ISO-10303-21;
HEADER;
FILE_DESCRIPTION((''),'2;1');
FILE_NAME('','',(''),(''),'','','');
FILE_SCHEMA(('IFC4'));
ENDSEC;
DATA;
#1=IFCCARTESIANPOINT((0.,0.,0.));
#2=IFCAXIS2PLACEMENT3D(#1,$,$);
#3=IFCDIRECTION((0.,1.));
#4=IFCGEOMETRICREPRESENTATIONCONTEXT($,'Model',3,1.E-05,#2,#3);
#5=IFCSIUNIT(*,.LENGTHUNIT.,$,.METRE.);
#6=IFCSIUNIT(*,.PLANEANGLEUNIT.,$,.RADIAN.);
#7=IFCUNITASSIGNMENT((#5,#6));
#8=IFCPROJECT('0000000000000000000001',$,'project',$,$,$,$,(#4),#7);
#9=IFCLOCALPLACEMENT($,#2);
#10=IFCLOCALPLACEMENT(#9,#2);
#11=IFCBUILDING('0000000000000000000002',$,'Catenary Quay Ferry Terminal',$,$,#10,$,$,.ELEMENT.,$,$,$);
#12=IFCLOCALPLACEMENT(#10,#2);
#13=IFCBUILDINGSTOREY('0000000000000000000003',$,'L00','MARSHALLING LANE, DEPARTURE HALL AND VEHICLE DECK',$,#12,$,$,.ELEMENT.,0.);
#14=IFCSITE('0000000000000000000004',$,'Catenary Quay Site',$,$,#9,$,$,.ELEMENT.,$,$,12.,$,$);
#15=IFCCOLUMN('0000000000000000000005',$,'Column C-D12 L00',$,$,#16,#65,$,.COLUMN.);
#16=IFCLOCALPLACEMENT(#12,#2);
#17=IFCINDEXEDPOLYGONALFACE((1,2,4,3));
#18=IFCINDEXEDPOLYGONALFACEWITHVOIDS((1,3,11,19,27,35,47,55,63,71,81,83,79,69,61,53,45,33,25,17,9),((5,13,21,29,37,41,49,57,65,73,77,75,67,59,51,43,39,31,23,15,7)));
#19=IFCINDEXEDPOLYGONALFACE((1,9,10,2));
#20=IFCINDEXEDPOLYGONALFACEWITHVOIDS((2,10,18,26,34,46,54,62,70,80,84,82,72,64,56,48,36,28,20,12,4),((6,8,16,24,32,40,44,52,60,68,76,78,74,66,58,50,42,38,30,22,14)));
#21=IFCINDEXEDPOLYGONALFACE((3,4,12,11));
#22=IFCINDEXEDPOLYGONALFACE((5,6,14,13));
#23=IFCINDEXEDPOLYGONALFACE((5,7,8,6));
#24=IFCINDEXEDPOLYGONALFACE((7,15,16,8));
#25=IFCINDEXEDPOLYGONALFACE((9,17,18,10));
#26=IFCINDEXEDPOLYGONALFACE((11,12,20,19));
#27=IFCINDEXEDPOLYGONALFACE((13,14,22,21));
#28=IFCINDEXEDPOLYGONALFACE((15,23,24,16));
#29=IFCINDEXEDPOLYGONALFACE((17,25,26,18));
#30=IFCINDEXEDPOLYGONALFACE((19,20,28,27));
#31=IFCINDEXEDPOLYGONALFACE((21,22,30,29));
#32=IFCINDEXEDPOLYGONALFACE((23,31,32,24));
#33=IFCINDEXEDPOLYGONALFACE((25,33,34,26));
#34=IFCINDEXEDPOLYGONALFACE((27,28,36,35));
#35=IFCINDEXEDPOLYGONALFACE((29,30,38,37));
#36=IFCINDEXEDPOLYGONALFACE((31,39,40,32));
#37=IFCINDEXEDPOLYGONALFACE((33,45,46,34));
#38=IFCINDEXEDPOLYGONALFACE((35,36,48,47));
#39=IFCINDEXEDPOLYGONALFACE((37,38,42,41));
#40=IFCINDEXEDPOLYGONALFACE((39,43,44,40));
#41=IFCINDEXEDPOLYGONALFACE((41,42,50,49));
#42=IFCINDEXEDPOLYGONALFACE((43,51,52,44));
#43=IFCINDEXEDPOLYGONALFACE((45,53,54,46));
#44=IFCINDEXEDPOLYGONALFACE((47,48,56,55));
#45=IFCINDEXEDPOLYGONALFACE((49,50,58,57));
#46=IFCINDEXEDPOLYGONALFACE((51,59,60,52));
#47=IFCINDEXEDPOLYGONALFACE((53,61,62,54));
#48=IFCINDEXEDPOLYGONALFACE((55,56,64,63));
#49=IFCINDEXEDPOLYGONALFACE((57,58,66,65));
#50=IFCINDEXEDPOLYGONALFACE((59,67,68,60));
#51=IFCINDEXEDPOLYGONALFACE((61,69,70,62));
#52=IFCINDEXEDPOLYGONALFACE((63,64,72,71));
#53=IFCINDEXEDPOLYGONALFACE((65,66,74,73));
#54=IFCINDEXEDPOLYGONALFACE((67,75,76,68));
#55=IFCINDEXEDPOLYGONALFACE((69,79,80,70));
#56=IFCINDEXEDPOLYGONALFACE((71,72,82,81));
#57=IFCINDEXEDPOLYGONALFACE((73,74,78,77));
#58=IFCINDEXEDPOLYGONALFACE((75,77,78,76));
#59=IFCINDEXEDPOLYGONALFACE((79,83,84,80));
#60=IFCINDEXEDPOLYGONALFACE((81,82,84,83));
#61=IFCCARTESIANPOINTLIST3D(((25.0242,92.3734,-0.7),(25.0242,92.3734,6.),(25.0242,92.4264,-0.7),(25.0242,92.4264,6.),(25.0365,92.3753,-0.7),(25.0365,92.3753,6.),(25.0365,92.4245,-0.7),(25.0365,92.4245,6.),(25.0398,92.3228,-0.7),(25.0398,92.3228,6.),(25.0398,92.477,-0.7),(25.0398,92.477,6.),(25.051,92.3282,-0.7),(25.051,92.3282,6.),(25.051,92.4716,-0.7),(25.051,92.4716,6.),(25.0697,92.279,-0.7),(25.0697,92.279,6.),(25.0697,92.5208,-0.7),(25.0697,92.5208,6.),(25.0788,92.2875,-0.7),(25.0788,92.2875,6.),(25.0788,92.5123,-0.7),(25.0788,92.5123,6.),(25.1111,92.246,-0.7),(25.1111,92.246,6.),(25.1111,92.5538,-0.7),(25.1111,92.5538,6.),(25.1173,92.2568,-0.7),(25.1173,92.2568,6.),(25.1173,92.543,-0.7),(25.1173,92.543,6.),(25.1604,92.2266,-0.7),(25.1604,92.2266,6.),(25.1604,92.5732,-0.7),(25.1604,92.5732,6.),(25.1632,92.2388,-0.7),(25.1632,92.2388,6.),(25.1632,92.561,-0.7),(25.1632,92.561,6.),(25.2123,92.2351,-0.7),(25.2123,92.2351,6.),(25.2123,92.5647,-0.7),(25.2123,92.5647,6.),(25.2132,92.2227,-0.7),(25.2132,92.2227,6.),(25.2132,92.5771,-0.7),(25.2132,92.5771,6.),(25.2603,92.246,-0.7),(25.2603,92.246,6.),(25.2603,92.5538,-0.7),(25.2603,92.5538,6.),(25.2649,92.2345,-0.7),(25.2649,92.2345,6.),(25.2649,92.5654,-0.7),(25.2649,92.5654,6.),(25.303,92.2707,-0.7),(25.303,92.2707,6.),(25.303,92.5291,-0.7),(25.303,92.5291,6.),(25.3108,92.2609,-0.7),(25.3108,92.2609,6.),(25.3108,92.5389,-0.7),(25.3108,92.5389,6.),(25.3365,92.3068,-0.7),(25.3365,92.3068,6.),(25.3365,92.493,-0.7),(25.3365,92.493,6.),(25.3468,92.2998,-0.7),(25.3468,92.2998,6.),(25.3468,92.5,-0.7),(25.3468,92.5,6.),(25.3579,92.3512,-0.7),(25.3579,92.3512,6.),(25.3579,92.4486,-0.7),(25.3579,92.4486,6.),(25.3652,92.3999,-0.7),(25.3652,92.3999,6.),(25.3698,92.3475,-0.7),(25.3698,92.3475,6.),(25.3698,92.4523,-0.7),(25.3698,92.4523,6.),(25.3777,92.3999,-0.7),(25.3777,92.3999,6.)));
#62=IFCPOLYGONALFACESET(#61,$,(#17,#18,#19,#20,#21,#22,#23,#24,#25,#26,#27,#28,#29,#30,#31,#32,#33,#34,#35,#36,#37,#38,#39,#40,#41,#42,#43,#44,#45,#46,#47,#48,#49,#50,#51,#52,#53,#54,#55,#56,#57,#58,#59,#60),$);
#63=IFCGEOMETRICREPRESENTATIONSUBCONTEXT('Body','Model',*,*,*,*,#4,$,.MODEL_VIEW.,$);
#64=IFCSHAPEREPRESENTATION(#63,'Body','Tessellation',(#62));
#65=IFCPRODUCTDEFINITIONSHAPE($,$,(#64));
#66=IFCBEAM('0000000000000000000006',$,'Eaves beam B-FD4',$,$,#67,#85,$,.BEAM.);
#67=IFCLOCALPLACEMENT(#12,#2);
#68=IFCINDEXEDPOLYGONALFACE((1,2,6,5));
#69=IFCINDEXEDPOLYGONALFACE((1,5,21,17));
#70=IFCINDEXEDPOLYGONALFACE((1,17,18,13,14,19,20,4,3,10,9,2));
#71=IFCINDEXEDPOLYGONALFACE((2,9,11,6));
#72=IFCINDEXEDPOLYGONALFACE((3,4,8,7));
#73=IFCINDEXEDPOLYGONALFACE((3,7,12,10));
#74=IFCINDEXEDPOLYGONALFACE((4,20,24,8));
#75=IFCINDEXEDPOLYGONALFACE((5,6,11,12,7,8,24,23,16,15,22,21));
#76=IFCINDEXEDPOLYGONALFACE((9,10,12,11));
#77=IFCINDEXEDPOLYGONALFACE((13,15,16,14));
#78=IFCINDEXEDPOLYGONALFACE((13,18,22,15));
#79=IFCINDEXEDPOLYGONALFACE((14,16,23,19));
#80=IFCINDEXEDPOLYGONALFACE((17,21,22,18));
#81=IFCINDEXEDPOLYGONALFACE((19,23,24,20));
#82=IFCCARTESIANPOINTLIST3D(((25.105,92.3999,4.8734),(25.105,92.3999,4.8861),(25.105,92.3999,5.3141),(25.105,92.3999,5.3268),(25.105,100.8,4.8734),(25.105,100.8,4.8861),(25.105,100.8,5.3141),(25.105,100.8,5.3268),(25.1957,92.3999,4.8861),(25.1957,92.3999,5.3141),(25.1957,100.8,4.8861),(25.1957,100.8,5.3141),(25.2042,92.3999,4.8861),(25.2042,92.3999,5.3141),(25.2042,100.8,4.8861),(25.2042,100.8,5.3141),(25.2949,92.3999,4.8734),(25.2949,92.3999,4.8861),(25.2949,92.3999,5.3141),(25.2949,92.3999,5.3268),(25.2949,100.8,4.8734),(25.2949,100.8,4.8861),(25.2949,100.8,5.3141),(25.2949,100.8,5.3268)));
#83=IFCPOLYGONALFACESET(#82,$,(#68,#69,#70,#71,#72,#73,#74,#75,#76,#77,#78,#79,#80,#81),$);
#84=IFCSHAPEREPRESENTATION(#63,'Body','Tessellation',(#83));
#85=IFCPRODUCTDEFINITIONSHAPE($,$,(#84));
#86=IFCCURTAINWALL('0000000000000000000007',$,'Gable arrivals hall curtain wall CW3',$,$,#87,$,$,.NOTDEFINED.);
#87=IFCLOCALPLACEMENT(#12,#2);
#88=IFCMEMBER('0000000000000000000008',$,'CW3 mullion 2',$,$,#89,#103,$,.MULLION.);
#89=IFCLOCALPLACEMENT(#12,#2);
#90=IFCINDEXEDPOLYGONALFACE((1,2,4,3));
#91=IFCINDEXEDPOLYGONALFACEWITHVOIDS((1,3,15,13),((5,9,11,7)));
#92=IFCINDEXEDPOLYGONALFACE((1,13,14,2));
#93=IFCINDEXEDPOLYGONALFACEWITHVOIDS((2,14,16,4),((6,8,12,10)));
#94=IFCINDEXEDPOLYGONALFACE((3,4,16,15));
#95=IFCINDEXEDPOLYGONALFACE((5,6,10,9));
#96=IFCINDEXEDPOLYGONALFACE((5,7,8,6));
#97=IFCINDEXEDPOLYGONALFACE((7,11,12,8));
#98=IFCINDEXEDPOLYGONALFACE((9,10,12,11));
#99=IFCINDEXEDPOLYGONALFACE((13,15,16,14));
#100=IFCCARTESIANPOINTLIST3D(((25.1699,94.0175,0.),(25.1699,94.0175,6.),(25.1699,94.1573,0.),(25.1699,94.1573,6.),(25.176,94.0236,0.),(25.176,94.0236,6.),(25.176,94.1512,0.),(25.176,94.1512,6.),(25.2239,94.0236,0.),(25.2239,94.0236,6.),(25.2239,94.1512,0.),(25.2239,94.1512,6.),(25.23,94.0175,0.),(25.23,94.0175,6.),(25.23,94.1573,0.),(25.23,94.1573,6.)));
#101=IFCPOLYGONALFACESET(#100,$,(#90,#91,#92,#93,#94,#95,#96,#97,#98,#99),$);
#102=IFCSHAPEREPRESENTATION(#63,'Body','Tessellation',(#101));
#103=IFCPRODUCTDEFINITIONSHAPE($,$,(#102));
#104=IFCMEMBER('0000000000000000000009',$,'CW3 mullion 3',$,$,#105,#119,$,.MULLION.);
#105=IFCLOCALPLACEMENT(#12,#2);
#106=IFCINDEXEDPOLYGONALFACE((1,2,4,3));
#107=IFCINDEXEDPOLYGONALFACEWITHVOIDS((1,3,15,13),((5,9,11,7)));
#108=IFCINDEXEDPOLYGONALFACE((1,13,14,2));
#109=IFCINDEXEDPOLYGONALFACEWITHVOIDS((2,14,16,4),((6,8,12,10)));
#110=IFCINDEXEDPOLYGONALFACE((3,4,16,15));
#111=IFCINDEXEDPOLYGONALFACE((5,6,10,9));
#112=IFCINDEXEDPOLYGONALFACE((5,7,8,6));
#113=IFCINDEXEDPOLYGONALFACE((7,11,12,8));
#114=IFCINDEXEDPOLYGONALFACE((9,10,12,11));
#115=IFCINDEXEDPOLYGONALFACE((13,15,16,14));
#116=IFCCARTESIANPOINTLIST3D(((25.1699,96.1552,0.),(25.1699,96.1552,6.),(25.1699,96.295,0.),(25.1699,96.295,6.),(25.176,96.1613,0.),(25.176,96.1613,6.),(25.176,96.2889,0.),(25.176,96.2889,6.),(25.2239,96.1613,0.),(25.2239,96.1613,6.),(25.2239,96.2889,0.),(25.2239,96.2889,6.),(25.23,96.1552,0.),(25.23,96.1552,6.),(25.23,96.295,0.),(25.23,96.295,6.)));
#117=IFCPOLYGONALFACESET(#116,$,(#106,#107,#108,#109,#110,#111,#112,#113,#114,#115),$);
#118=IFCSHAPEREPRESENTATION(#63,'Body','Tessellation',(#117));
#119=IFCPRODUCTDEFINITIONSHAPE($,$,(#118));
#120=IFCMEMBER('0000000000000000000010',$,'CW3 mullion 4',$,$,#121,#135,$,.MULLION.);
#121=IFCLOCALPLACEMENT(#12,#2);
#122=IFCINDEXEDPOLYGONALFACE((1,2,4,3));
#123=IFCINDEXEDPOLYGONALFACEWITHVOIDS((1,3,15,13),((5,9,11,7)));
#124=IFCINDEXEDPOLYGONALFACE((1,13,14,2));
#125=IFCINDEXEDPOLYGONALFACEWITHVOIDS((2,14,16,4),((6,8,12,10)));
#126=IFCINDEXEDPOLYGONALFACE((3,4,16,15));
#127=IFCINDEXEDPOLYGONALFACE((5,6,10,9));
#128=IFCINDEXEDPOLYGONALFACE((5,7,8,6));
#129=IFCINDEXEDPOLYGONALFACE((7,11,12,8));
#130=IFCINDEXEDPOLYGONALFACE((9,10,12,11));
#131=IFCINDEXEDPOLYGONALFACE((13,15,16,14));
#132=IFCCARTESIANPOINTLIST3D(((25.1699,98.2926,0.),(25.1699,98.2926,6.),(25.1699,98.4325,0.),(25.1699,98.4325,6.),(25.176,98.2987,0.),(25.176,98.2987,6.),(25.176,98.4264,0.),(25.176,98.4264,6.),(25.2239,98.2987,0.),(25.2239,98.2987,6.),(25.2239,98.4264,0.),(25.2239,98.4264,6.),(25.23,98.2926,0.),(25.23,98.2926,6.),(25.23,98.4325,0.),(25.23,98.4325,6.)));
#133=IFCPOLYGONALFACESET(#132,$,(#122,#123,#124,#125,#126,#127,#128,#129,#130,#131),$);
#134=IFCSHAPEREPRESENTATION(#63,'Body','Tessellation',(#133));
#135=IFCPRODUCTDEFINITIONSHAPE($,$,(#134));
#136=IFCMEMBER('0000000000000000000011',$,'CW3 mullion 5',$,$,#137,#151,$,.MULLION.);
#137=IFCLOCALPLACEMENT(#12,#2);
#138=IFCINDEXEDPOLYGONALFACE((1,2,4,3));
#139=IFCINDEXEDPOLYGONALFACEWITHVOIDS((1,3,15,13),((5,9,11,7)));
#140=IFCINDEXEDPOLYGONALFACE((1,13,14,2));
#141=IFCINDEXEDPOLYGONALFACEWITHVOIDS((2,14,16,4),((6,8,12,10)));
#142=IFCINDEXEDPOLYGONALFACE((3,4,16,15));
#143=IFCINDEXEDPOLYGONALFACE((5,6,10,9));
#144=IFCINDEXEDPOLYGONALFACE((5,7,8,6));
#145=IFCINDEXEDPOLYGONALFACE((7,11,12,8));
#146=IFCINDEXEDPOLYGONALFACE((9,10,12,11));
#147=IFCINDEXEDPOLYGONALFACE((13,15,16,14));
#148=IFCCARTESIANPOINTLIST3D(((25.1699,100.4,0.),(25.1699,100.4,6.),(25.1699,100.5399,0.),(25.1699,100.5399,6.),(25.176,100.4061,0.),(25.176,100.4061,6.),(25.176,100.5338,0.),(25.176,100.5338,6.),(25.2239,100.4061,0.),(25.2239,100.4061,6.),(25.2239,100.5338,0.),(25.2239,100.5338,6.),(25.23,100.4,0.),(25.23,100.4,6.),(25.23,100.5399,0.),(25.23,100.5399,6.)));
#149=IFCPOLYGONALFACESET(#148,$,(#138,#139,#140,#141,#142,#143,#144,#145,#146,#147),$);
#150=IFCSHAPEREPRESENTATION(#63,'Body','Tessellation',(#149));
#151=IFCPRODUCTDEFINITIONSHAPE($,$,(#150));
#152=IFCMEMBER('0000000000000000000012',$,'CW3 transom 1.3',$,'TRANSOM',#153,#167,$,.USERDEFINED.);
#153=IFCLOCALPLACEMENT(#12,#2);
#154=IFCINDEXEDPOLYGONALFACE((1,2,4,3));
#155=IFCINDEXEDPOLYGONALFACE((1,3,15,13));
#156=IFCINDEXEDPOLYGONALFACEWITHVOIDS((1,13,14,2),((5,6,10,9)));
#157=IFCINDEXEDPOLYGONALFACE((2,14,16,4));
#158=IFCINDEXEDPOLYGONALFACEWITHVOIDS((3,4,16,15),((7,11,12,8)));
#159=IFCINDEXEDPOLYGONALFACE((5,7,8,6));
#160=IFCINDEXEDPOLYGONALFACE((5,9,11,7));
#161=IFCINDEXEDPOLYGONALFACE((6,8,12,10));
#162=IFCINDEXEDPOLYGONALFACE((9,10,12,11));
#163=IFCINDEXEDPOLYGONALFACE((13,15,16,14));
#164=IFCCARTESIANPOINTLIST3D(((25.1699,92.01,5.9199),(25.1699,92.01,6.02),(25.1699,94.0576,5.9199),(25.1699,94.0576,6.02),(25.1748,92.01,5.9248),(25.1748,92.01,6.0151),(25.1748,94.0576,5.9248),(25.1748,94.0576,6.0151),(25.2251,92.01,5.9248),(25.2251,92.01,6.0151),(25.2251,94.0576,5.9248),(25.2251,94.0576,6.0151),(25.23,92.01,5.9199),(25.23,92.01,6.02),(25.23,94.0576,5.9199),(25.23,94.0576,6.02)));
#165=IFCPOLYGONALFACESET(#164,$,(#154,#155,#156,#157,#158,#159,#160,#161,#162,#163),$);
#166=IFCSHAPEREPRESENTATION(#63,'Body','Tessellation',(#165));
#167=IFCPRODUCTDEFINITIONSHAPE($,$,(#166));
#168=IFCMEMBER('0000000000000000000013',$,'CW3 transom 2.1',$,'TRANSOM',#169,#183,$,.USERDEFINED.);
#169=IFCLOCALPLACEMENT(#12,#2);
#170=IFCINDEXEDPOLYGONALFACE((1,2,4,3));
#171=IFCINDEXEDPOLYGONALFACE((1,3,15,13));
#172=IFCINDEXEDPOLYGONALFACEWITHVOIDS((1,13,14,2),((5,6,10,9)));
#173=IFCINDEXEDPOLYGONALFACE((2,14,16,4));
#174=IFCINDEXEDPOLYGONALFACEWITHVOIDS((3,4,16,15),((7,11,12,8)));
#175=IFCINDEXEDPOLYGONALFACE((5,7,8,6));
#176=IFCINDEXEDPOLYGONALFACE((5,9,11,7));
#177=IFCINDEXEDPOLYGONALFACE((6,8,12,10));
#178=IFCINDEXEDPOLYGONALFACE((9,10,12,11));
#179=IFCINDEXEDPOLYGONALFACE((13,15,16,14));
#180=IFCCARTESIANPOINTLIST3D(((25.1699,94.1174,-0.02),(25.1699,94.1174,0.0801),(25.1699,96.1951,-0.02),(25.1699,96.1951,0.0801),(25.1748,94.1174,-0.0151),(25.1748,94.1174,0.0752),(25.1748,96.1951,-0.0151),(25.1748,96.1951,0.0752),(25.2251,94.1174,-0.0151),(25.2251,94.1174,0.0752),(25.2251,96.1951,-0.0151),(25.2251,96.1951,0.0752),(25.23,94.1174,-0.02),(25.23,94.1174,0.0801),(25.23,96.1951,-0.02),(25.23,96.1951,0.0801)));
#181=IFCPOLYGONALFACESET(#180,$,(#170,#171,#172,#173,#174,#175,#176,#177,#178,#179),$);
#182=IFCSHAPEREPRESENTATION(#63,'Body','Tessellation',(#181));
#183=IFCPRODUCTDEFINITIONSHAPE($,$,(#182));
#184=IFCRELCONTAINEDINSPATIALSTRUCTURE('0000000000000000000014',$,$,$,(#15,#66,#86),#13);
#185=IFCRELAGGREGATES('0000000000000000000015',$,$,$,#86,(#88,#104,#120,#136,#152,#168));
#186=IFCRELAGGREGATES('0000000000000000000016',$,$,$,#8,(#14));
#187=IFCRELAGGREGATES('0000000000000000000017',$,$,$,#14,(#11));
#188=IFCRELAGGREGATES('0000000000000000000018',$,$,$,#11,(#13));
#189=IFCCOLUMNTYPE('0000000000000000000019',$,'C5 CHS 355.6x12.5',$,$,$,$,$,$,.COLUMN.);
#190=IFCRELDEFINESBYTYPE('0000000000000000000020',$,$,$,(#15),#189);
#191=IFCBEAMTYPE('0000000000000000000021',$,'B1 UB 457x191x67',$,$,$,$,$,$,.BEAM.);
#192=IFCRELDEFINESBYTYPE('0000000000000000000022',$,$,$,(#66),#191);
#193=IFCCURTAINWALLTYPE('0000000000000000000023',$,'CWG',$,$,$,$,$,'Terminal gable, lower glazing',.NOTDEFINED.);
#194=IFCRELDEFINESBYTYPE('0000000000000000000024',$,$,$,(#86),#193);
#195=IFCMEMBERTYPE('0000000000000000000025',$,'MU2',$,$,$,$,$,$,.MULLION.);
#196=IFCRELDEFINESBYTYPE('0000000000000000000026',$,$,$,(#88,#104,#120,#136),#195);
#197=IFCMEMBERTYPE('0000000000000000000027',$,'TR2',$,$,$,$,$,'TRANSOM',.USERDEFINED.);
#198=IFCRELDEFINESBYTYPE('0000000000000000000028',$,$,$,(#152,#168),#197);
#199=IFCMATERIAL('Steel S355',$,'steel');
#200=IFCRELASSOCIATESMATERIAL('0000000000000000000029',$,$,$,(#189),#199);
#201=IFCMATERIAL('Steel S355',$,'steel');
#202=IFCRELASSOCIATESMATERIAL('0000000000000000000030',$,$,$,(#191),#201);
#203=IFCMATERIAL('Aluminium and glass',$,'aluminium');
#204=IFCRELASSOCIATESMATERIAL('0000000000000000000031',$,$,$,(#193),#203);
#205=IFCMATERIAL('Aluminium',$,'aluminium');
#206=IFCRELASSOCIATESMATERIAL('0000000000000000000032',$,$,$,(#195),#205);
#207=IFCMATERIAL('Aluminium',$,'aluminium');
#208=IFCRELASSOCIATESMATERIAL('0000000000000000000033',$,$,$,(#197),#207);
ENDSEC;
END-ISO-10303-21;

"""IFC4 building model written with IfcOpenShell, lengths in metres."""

from ifc_helpers import new_model, si_unit, direction, frame, origin, origin_2d, place, context, subcontext, project, spatial, hollow_rectangle, hollow_circle, i_section, extrude, material, material_profile, profile_set, type_object, element, aggregate, save


model = new_model("IFC4")

# Units and contexts
model_context = context("Model", 3, precision=1e-05, world=origin(), true_north=direction((0.0, 1.0)))
body_context = subcontext(model_context, "Body", "Model", "MODEL_VIEW")
ifc_project = project(units=[si_unit("LENGTHUNIT", "METRE"), si_unit("PLANEANGLEUNIT", "RADIAN")], contexts=[model_context])

# Site, building, storey
site_placement = place(None, origin())
site = spatial("IfcSite", under=ifc_project, at=site_placement, Name="Catenary Quay Site", CompositionType="ELEMENT", RefElevation=12.0)
building_placement = place(site_placement, origin())
building = spatial("IfcBuilding", under=site, at=building_placement, Name="Catenary Quay Ferry Terminal", CompositionType="ELEMENT")
storey_placement = place(building_placement, origin())
storey = spatial("IfcBuildingStorey", under=building, at=storey_placement, Name="L00", Description="MARSHALLING LANE, DEPARTURE HALL AND VEHICLE DECK", CompositionType="ELEMENT", Elevation=0.0)

# Column
ifc_material_1 = material(Name="Steel S355", Category="steel")
ifc_material_profile_1 = material_profile(ifc_material_1, hollow_circle(Radius=0.1777, WallThickness=0.0125, at=origin_2d()), Name="CHS 355.6x12.5")
ifc_profile_set_1 = profile_set([ifc_material_profile_1], Name="Steel S355")
column_type = type_object("IfcColumnType", Name="C5 CHS 355.6x12.5", PredefinedType="COLUMN", material=ifc_profile_set_1)
column_placement = place(storey_placement, frame((25.2, 92.3999, -0.7), z_axis=(0.0, 0.0, 1.0), x_axis=(1.0, 0.0, 0.0)))
element("IfcColumn", 1, at=column_placement, inside=storey, type_object=column_type, Name="Column C-D12 L00", PredefinedType="COLUMN", context=body_context, shape_type="SweptSolid", body=[
    extrude(hollow_circle(Radius=0.1777, WallThickness=0.0125, at=origin_2d()), origin(), (0.0, 0.0, 1.0), 6.7),
])

# Beam
ifc_material_2 = material(Name="Steel S355", Category="steel")
ifc_material_profile_2 = material_profile(ifc_material_2, i_section(OverallWidth=0.1899, OverallDepth=0.4534, WebThickness=0.0085, FlangeThickness=0.0127, at=origin_2d()), Name="UB 457x191x67")
ifc_profile_set_2 = profile_set([ifc_material_profile_2], Name="Steel S355")
beam_type = type_object("IfcBeamType", Name="B1 UB 457x191x67", PredefinedType="BEAM", material=ifc_profile_set_2)
beam_placement = place(storey_placement, frame((25.2, 92.3999, 5.1001), z_axis=(0.0, 1.0, 0.0), x_axis=(-1.0, 0.0, 0.0)))
element("IfcBeam", 2, at=beam_placement, inside=storey, type_object=beam_type, Name="Eaves beam B-FD4", PredefinedType="BEAM", context=body_context, shape_type="SweptSolid", body=[
    extrude(i_section(OverallWidth=0.1899, OverallDepth=0.4534, WebThickness=0.0085, FlangeThickness=0.0127, at=origin_2d()), origin(), (0.0, 0.0, 1.0), 8.4001),
])

# Curtain wall, members
ifc_material_3 = material(Name="Aluminium and glass", Category="aluminium")
curtain_wall_type = type_object("IfcCurtainWallType", Name="CWG", ElementType="Terminal gable, lower glazing", PredefinedType="NOTDEFINED", material=ifc_material_3)
curtain_wall_placement = place(storey_placement, origin())
curtain_wall = element("IfcCurtainWall", 3, at=curtain_wall_placement, inside=storey, type_object=curtain_wall_type, Name="Gable arrivals hall curtain wall CW3", PredefinedType="NOTDEFINED")
ifc_material_4 = material(Name="Aluminium", Category="aluminium")
ifc_material_profile_3 = material_profile(ifc_material_4, hollow_rectangle(XDim=0.0601, YDim=0.1399, WallThickness=0.0061, at=origin_2d()), Name="MU2")
ifc_profile_set_3 = profile_set([ifc_material_profile_3], Name="Aluminium")
member_type_1 = type_object("IfcMemberType", Name="MU2", PredefinedType="MULLION", material=ifc_profile_set_3)
member_1_placement = place(storey_placement, frame((25.2, 94.0874, 0.0), z_axis=(0.0, 0.0, 1.0), x_axis=(-1.0, 0.0, 0.0)))
member_1 = element("IfcMember", 4, at=member_1_placement, type_object=member_type_1, Name="CW3 mullion 2", PredefinedType="MULLION", context=body_context, shape_type="SweptSolid", body=[
    extrude(hollow_rectangle(XDim=0.0601, YDim=0.1399, WallThickness=0.0061, at=origin_2d()), origin(), (0.0, 0.0, 1.0), 6.0),
])
member_2_placement = place(storey_placement, frame((25.2, 96.2251, 0.0), z_axis=(0.0, 0.0, 1.0), x_axis=(-1.0, 0.0, 0.0)))
member_2 = element("IfcMember", 5, at=member_2_placement, type_object=member_type_1, Name="CW3 mullion 3", PredefinedType="MULLION", context=body_context, shape_type="SweptSolid", body=[
    extrude(hollow_rectangle(XDim=0.0601, YDim=0.1399, WallThickness=0.0061, at=origin_2d()), origin(), (0.0, 0.0, 1.0), 6.0),
])
member_3_placement = place(storey_placement, frame((25.2, 98.3625, 0.0), z_axis=(0.0, 0.0, 1.0), x_axis=(-1.0, 0.0, 0.0)))
member_3 = element("IfcMember", 6, at=member_3_placement, type_object=member_type_1, Name="CW3 mullion 4", PredefinedType="MULLION", context=body_context, shape_type="SweptSolid", body=[
    extrude(hollow_rectangle(XDim=0.0601, YDim=0.1399, WallThickness=0.0061, at=origin_2d()), origin(), (0.0, 0.0, 1.0), 6.0),
])
member_4_placement = place(storey_placement, frame((25.2, 100.47, 0.0), z_axis=(0.0, 0.0, 1.0), x_axis=(-1.0, 0.0, 0.0)))
member_4 = element("IfcMember", 7, at=member_4_placement, type_object=member_type_1, Name="CW3 mullion 5", PredefinedType="MULLION", context=body_context, shape_type="SweptSolid", body=[
    extrude(hollow_rectangle(XDim=0.0601, YDim=0.1399, WallThickness=0.0061, at=origin_2d()), origin(), (0.0, 0.0, 1.0), 6.0),
])
ifc_material_5 = material(Name="Aluminium", Category="aluminium")
ifc_material_profile_4 = material_profile(ifc_material_5, hollow_rectangle(XDim=0.0601, YDim=0.1001, WallThickness=0.0049, at=origin_2d()), Name="TR2")
ifc_profile_set_4 = profile_set([ifc_material_profile_4], Name="Aluminium")
member_type_2 = type_object("IfcMemberType", Name="TR2", ElementType="TRANSOM", PredefinedType="USERDEFINED", material=ifc_profile_set_4)
member_5_placement = place(storey_placement, frame((25.2, 92.01, 5.97), z_axis=(0.0, 1.0, 0.0), x_axis=(-1.0, 0.0, 0.0)))
member_5 = element("IfcMember", 8, at=member_5_placement, type_object=member_type_2, Name="CW3 transom 1.3", ObjectType="TRANSOM", PredefinedType="USERDEFINED", context=body_context, shape_type="SweptSolid", body=[
    extrude(hollow_rectangle(XDim=0.0601, YDim=0.1001, WallThickness=0.0049, at=origin_2d()), origin(), (0.0, 0.0, 1.0), 2.0476),
])
member_6_placement = place(storey_placement, frame((25.2, 94.1174, 0.03), z_axis=(0.0, 1.0, 0.0), x_axis=(-1.0, 0.0, 0.0)))
member_6 = element("IfcMember", 9, at=member_6_placement, type_object=member_type_2, Name="CW3 transom 2.1", ObjectType="TRANSOM", PredefinedType="USERDEFINED", context=body_context, shape_type="SweptSolid", body=[
    extrude(hollow_rectangle(XDim=0.0601, YDim=0.1001, WallThickness=0.0049, at=origin_2d()), origin(), (0.0, 0.0, 1.0), 2.0776),
])
aggregate(curtain_wall, [member_1, member_2, member_3, member_4, member_5, member_6])

save(model, "model.ifc")
